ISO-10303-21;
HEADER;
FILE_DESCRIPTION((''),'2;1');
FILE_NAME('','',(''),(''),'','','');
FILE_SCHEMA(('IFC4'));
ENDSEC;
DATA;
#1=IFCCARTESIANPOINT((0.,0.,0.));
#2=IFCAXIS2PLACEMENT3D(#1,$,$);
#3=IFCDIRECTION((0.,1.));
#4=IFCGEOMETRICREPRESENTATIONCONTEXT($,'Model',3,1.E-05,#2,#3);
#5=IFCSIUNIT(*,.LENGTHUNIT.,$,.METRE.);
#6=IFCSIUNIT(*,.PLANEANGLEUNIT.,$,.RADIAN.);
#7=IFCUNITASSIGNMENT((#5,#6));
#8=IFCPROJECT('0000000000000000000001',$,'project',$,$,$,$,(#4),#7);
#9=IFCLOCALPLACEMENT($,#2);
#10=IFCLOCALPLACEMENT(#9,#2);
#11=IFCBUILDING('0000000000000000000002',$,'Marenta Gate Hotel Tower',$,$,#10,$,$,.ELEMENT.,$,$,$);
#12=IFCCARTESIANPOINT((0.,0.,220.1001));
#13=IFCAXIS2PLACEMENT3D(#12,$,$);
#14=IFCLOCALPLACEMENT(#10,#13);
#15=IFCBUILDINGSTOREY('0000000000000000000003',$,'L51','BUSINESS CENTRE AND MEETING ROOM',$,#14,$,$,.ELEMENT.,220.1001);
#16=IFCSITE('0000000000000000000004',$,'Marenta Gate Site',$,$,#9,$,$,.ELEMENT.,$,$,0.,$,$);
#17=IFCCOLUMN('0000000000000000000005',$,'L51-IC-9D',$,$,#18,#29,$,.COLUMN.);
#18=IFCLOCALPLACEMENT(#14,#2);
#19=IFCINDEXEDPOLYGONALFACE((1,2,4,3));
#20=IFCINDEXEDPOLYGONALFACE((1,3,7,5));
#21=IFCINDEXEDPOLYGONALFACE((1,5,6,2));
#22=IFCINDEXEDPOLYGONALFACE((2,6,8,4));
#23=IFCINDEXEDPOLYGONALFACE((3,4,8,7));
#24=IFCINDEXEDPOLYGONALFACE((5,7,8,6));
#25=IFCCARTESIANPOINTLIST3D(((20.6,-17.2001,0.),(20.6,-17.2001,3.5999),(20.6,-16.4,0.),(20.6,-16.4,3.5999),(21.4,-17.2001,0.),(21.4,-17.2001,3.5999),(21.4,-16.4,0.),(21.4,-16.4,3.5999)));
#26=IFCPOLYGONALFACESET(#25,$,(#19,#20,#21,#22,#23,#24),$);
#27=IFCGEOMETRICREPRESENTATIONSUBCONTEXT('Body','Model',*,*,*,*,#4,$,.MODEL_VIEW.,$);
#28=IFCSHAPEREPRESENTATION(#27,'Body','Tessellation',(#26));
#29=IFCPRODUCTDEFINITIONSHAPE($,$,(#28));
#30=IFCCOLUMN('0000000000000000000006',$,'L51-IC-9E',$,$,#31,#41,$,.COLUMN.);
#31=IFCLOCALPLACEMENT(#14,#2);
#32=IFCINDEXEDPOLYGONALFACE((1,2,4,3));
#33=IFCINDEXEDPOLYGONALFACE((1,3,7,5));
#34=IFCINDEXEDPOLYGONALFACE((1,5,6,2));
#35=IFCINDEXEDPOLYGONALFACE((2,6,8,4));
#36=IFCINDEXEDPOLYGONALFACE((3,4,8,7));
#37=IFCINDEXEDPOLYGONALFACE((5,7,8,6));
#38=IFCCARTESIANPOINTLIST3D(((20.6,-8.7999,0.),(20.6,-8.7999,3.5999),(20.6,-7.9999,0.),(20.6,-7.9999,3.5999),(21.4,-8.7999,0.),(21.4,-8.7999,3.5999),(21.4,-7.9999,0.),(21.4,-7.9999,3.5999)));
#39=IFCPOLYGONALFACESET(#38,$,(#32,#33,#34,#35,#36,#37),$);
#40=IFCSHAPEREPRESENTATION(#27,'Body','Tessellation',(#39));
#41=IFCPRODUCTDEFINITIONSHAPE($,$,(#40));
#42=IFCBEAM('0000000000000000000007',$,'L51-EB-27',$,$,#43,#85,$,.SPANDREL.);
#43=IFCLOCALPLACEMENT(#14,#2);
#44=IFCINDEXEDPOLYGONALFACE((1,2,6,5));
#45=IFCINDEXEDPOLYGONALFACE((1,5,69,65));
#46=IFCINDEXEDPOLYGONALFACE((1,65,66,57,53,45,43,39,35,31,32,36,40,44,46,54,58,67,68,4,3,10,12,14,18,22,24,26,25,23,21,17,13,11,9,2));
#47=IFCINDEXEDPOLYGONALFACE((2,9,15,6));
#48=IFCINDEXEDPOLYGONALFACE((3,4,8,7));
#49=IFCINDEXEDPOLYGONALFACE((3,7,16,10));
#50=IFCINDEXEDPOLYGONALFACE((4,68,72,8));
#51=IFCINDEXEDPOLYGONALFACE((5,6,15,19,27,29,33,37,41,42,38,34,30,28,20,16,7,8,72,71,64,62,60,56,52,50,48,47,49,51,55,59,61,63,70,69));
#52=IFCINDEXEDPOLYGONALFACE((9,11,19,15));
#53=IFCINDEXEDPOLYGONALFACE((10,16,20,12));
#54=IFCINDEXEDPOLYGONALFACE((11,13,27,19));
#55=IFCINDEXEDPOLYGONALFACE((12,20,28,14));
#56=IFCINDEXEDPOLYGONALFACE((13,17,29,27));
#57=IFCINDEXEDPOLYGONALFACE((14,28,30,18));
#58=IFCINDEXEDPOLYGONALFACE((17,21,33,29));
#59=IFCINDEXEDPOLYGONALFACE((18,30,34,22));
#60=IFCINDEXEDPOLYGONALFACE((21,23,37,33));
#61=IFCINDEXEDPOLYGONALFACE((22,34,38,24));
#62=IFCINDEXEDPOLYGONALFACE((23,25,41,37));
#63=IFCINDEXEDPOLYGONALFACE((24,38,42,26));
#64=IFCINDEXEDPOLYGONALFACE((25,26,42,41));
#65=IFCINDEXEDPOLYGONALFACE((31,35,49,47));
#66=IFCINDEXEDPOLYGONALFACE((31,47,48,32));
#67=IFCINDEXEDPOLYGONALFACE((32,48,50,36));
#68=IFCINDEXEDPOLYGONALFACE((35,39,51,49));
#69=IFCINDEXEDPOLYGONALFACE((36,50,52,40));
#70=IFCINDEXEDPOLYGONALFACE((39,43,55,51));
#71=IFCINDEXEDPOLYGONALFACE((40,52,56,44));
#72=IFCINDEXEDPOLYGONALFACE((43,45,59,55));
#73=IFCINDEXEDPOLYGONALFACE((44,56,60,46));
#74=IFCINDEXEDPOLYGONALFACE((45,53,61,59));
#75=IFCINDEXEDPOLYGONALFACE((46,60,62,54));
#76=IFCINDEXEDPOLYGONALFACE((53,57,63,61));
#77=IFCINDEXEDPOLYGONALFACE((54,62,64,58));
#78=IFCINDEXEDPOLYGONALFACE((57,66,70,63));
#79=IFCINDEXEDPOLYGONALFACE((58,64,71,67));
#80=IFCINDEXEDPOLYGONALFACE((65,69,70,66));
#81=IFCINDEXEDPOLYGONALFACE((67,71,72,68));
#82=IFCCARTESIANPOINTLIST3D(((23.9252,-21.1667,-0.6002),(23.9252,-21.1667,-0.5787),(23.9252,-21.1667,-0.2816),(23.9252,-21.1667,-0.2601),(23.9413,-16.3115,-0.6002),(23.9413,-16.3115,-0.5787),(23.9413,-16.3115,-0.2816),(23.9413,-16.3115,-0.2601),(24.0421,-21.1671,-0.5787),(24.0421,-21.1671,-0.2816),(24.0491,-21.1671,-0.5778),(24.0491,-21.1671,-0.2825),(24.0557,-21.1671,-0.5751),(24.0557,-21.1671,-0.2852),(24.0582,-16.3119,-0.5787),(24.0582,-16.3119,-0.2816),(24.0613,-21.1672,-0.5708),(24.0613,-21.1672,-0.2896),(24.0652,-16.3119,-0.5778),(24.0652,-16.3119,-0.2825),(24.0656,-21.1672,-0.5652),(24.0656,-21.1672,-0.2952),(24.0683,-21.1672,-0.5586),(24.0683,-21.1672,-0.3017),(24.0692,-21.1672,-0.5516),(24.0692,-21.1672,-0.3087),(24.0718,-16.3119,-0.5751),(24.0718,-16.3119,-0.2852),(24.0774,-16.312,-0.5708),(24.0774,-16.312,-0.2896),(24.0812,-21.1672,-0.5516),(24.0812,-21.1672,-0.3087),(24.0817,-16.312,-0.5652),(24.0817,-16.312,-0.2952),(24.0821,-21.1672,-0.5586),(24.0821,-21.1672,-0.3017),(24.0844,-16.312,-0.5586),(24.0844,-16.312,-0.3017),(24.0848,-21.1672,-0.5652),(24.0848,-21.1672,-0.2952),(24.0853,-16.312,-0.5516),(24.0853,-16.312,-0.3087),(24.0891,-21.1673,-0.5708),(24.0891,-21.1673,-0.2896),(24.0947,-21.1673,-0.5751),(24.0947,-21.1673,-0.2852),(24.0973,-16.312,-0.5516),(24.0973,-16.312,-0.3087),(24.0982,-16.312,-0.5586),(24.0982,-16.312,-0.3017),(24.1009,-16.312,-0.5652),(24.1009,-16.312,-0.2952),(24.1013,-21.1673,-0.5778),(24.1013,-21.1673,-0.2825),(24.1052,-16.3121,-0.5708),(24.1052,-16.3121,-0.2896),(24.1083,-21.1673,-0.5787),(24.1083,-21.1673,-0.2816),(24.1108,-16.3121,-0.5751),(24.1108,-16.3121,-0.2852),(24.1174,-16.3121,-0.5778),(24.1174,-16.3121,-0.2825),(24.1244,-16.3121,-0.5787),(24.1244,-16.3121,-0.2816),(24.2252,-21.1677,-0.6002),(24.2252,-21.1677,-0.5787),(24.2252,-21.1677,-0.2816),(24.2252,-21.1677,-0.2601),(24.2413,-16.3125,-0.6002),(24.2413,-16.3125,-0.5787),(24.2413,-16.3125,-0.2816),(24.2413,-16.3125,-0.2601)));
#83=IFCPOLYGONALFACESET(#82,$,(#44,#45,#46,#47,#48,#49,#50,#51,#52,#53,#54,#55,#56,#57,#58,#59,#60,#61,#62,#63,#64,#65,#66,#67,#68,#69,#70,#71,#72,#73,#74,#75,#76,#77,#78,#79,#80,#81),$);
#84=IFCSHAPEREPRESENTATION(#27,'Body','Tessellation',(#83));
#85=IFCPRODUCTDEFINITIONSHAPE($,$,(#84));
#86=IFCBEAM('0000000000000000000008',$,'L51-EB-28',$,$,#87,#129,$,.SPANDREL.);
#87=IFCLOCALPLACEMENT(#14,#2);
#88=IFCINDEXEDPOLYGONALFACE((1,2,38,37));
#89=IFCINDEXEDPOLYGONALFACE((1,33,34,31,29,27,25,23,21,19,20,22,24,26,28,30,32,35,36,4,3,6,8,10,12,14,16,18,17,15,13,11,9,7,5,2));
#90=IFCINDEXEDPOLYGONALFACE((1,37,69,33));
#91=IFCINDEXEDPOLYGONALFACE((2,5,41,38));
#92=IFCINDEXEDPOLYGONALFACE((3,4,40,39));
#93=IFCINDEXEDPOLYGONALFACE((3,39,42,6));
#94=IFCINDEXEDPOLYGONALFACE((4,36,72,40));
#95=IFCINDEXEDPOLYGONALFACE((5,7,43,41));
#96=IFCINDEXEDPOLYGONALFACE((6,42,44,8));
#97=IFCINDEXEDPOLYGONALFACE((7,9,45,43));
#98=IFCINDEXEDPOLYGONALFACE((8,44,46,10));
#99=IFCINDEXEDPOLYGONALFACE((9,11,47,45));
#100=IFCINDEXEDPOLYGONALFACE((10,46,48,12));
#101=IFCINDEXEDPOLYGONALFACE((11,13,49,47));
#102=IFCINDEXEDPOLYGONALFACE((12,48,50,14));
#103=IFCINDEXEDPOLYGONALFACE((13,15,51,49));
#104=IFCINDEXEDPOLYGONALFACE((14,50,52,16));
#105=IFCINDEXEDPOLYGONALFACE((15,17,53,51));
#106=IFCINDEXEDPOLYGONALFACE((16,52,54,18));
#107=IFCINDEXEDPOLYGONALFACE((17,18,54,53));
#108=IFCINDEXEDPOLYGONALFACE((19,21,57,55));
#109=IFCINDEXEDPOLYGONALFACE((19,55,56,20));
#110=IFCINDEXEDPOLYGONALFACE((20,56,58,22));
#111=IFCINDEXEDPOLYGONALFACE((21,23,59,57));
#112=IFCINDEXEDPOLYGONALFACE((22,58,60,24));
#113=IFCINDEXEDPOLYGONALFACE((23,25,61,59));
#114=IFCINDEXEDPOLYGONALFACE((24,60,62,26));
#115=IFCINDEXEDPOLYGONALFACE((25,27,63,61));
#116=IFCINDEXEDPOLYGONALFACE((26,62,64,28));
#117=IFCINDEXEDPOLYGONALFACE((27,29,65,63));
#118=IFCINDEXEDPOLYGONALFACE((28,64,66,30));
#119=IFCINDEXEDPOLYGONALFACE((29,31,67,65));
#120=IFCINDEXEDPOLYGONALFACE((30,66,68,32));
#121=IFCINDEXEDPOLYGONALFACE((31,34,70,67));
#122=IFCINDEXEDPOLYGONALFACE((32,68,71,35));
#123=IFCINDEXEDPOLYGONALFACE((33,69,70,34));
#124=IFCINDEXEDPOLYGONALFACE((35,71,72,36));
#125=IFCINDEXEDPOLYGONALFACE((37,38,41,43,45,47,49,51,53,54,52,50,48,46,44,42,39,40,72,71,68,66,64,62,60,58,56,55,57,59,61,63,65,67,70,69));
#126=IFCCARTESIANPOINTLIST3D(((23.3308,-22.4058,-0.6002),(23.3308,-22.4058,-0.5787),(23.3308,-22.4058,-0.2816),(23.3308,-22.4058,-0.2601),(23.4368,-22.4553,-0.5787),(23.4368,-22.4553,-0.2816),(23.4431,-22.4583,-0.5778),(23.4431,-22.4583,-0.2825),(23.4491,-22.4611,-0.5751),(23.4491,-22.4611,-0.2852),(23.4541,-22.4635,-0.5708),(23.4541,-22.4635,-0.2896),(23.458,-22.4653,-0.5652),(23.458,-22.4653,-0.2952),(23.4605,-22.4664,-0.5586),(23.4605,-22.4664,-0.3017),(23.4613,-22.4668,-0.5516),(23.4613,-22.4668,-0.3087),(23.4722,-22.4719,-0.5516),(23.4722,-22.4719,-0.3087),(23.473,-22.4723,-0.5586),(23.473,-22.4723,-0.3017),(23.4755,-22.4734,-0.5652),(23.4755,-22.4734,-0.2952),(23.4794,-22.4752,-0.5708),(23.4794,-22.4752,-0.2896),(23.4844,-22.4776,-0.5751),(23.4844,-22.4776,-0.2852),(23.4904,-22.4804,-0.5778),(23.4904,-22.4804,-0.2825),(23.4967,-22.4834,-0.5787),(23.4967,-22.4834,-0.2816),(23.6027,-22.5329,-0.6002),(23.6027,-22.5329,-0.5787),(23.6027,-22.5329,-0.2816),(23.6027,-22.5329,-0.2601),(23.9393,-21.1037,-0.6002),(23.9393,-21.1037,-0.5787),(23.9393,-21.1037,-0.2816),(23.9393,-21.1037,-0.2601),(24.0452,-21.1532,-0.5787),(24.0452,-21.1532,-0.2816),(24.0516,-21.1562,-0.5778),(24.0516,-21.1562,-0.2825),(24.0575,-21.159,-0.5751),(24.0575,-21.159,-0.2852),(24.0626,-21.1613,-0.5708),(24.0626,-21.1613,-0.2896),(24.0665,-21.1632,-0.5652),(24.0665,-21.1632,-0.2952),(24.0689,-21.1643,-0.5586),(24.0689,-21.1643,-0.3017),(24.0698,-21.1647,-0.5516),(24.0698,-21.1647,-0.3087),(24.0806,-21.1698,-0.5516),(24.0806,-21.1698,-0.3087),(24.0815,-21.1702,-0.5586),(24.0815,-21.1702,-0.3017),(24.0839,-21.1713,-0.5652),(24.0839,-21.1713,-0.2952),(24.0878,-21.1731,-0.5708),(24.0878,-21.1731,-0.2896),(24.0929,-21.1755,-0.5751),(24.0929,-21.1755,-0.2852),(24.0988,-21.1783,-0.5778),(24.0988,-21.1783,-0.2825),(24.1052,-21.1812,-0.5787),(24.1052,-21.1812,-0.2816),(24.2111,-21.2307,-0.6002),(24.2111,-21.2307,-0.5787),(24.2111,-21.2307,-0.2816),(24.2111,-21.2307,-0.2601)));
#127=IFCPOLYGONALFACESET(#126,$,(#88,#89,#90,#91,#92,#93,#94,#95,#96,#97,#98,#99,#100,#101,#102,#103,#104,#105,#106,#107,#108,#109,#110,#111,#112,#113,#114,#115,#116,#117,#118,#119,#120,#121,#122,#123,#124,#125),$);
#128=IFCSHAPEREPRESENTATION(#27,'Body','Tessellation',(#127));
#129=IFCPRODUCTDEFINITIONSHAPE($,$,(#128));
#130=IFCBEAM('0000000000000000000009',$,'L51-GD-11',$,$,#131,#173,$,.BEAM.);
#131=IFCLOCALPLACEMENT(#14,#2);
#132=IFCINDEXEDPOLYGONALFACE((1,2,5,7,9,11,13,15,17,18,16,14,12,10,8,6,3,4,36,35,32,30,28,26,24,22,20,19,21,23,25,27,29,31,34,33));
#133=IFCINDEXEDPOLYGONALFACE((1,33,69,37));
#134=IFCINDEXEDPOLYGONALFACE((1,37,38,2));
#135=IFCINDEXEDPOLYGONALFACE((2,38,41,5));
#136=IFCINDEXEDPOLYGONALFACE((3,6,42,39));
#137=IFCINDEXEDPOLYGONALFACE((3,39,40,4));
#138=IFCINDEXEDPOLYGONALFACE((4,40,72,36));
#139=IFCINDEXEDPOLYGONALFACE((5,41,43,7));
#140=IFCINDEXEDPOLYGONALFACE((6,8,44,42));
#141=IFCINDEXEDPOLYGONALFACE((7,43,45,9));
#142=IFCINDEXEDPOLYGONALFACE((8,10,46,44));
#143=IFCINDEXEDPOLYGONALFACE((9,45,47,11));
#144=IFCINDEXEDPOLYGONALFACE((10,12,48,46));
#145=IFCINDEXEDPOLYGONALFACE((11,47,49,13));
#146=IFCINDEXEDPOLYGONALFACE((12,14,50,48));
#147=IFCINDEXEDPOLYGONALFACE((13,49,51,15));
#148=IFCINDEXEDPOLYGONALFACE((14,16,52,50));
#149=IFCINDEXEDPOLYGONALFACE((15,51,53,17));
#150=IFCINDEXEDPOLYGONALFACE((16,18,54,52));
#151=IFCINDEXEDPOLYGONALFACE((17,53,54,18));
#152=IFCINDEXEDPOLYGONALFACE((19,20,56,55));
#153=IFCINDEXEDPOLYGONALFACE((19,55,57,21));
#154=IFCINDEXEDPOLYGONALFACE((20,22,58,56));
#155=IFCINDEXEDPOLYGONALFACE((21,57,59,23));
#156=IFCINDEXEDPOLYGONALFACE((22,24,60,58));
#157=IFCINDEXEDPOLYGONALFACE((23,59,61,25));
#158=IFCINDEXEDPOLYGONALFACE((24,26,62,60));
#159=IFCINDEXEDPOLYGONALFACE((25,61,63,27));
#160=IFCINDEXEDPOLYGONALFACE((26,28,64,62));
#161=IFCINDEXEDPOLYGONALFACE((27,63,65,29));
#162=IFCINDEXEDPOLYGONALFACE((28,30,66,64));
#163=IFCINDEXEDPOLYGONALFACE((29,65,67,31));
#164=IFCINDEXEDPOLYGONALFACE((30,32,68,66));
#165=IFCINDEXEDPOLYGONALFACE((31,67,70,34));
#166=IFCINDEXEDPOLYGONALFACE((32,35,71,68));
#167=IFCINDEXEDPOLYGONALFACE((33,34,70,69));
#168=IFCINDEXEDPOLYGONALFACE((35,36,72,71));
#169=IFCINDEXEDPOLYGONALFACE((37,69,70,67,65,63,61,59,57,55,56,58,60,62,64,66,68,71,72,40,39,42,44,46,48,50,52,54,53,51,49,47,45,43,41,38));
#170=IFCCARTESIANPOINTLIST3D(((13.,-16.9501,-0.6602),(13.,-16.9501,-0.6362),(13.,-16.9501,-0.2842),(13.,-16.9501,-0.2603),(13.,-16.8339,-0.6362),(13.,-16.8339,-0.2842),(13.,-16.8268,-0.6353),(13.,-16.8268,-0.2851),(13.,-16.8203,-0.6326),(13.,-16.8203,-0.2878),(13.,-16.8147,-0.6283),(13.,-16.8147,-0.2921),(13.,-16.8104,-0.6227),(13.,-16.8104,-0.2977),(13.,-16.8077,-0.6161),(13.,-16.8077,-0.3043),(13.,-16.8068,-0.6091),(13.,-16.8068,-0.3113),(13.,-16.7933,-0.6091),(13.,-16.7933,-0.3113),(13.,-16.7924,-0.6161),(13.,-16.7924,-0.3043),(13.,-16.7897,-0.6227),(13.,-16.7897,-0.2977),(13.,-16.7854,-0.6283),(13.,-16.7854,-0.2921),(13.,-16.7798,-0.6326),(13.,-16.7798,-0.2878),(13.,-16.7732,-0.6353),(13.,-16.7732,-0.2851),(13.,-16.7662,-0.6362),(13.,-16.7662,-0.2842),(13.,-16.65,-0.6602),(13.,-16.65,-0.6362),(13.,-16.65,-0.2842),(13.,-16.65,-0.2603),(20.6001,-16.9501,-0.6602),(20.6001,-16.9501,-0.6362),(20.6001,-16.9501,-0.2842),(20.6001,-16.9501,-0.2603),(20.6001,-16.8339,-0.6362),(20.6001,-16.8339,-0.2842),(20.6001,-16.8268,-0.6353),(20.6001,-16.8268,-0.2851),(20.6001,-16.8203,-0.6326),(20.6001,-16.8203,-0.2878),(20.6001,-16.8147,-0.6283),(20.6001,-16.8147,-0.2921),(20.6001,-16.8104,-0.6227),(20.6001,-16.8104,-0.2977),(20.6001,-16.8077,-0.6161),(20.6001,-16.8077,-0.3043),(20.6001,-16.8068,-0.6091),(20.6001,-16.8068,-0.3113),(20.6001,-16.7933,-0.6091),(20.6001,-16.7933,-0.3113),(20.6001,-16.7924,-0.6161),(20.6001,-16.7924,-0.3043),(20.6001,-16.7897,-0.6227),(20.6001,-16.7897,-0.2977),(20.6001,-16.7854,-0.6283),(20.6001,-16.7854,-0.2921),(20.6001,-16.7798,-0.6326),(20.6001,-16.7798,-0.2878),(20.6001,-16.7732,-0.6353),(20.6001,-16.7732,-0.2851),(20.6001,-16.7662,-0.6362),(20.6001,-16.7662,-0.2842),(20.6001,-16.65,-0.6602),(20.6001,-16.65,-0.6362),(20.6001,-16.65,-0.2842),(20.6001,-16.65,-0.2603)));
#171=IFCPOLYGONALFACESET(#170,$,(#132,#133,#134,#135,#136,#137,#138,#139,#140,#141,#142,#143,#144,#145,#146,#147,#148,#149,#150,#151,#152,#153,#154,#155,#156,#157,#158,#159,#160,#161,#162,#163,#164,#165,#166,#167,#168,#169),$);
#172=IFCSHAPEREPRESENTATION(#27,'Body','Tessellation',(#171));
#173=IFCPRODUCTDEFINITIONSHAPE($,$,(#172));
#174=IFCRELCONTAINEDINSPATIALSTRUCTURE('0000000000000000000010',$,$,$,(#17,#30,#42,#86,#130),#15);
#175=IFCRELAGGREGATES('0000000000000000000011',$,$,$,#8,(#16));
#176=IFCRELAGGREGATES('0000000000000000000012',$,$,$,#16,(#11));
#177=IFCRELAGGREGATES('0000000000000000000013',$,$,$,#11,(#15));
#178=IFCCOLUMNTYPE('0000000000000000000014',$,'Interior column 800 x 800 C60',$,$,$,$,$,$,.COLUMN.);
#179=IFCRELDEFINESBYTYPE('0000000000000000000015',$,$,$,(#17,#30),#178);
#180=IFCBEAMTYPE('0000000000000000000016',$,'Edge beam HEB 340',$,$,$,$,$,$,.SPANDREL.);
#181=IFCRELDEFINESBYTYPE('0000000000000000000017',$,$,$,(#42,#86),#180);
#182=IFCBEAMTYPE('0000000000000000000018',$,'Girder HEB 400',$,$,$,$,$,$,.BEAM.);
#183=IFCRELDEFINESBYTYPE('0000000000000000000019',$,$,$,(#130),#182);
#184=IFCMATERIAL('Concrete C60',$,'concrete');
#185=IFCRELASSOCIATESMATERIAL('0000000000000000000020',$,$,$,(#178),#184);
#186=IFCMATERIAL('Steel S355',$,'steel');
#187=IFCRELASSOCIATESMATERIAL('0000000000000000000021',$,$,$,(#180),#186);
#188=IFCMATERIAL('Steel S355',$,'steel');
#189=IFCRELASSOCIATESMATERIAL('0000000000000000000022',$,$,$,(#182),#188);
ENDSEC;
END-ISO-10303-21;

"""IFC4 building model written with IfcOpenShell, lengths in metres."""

from ifc_helpers import new_model, si_unit, direction, frame, origin, origin_2d, place, context, subcontext, project, spatial, rectangle, i_section, extrude, material, material_profile, profile_set, type_object, element, save


model = new_model("IFC4")

# Units and contexts
model_context = context("Model", 3, precision=1e-05, world=origin(), true_north=direction((0.0, 1.0)))
body_context = subcontext(model_context, "Body", "Model", "MODEL_VIEW")
ifc_project = project(units=[si_unit("LENGTHUNIT", "METRE"), si_unit("PLANEANGLEUNIT", "RADIAN")], contexts=[model_context])

# Site, building, storey
site_placement = place(None, origin())
site = spatial("IfcSite", under=ifc_project, at=site_placement, Name="Marenta Gate Site", CompositionType="ELEMENT", RefElevation=0.0)
building_placement = place(site_placement, origin())
building = spatial("IfcBuilding", under=site, at=building_placement, Name="Marenta Gate Hotel Tower", CompositionType="ELEMENT")
storey_placement = place(building_placement, frame((0.0, 0.0, 220.1001)))
storey = spatial("IfcBuildingStorey", under=building, at=storey_placement, Name="L51", Description="BUSINESS CENTRE AND MEETING ROOM", CompositionType="ELEMENT", Elevation=220.1001)

# Columns
ifc_material_1 = material(Name="Concrete C60", Category="concrete")
ifc_material_profile_1 = material_profile(ifc_material_1, rectangle(XDim=0.8, YDim=0.8, at=origin_2d()), Name="800 x 800")
ifc_profile_set_1 = profile_set([ifc_material_profile_1], Name="Concrete C60")
column_type = type_object("IfcColumnType", Name="Interior column 800 x 800 C60", PredefinedType="COLUMN", material=ifc_profile_set_1)
for number, where, z_axis, x_axis, name in (
    (1, (21.0, -16.8, 0.0), (0.0, 0.0, 1.0), (1.0, 0.0, 0.0), "L51-IC-9D"),
    (2, (21.0, -8.3999, 0.0), (0.0, 0.0, 1.0), (1.0, 0.0, 0.0), "L51-IC-9E"),
):
    element("IfcColumn", number, at=place(storey_placement, frame(where, z_axis=z_axis, x_axis=x_axis)), inside=storey, type_object=column_type, Name=name, PredefinedType="COLUMN", context=body_context, shape_type="SweptSolid", body=[
        extrude(rectangle(XDim=0.8, YDim=0.8, at=origin_2d()), origin(), (0.0, 0.0, 1.0), 3.5999),
    ])

# Beams
ifc_material_2 = material(Name="Steel S355", Category="steel")
ifc_material_profile_2 = material_profile(ifc_material_2, i_section(OverallWidth=0.3, OverallDepth=0.3401, WebThickness=0.012, FlangeThickness=0.0215, FilletRadius=0.0271, at=origin_2d()), Name="HEB 340")
ifc_profile_set_2 = profile_set([ifc_material_profile_2], Name="Steel S355")
beam_type_1 = type_object("IfcBeamType", Name="Edge beam HEB 340", PredefinedType="SPANDREL", material=ifc_profile_set_2)
beam_1_placement = place(storey_placement, frame((24.0913, -16.312, -0.4302), z_axis=(-0.003319, -0.999994, 0.0), x_axis=(0.999994, -0.003319, 0.0)))
element("IfcBeam", 3, at=beam_1_placement, inside=storey, type_object=beam_type_1, Name="L51-EB-27", PredefinedType="SPANDREL", context=body_context, shape_type="SweptSolid", body=[
    extrude(i_section(OverallWidth=0.3, OverallDepth=0.3401, WebThickness=0.012, FlangeThickness=0.0215, FilletRadius=0.0271, at=origin_2d()), origin(), (0.0, 0.0, 1.0), 4.8552),
])
beam_2_placement = place(storey_placement, frame((24.0752, -21.1672, -0.4302), z_axis=(-0.423341, -0.90597, 0.0), x_axis=(0.90597, -0.423341, 0.0)))
element("IfcBeam", 4, at=beam_2_placement, inside=storey, type_object=beam_type_1, Name="L51-EB-28", PredefinedType="SPANDREL", context=body_context, shape_type="SweptSolid", body=[
    extrude(i_section(OverallWidth=0.3, OverallDepth=0.3401, WebThickness=0.012, FlangeThickness=0.0215, FilletRadius=0.0271, at=origin_2d()), origin(), (0.0, 0.0, 1.0), 1.4373),
])
ifc_material_3 = material(Name="Steel S355", Category="steel")
ifc_material_profile_3 = material_profile(ifc_material_3, i_section(OverallWidth=0.3, OverallDepth=0.3999, WebThickness=0.0134, FlangeThickness=0.0239, FilletRadius=0.0271, at=origin_2d()), Name="HEB 400")
ifc_profile_set_3 = profile_set([ifc_material_profile_3], Name="Steel S355")
beam_type_2 = type_object("IfcBeamType", Name="Girder HEB 400", PredefinedType="BEAM", material=ifc_profile_set_3)
beam_3_placement = place(storey_placement, frame((13.0, -16.8, -0.4602), z_axis=(1.0, 0.0, 0.0), x_axis=(0.0, 1.0, 0.0)))
element("IfcBeam", 5, at=beam_3_placement, inside=storey, type_object=beam_type_2, Name="L51-GD-11", PredefinedType="BEAM", context=body_context, shape_type="SweptSolid", body=[
    extrude(i_section(OverallWidth=0.3, OverallDepth=0.3999, WebThickness=0.0134, FlangeThickness=0.0239, FilletRadius=0.0271, at=origin_2d()), origin(), (0.0, 0.0, 1.0), 7.6001),
])

save(model, "model.ifc")
